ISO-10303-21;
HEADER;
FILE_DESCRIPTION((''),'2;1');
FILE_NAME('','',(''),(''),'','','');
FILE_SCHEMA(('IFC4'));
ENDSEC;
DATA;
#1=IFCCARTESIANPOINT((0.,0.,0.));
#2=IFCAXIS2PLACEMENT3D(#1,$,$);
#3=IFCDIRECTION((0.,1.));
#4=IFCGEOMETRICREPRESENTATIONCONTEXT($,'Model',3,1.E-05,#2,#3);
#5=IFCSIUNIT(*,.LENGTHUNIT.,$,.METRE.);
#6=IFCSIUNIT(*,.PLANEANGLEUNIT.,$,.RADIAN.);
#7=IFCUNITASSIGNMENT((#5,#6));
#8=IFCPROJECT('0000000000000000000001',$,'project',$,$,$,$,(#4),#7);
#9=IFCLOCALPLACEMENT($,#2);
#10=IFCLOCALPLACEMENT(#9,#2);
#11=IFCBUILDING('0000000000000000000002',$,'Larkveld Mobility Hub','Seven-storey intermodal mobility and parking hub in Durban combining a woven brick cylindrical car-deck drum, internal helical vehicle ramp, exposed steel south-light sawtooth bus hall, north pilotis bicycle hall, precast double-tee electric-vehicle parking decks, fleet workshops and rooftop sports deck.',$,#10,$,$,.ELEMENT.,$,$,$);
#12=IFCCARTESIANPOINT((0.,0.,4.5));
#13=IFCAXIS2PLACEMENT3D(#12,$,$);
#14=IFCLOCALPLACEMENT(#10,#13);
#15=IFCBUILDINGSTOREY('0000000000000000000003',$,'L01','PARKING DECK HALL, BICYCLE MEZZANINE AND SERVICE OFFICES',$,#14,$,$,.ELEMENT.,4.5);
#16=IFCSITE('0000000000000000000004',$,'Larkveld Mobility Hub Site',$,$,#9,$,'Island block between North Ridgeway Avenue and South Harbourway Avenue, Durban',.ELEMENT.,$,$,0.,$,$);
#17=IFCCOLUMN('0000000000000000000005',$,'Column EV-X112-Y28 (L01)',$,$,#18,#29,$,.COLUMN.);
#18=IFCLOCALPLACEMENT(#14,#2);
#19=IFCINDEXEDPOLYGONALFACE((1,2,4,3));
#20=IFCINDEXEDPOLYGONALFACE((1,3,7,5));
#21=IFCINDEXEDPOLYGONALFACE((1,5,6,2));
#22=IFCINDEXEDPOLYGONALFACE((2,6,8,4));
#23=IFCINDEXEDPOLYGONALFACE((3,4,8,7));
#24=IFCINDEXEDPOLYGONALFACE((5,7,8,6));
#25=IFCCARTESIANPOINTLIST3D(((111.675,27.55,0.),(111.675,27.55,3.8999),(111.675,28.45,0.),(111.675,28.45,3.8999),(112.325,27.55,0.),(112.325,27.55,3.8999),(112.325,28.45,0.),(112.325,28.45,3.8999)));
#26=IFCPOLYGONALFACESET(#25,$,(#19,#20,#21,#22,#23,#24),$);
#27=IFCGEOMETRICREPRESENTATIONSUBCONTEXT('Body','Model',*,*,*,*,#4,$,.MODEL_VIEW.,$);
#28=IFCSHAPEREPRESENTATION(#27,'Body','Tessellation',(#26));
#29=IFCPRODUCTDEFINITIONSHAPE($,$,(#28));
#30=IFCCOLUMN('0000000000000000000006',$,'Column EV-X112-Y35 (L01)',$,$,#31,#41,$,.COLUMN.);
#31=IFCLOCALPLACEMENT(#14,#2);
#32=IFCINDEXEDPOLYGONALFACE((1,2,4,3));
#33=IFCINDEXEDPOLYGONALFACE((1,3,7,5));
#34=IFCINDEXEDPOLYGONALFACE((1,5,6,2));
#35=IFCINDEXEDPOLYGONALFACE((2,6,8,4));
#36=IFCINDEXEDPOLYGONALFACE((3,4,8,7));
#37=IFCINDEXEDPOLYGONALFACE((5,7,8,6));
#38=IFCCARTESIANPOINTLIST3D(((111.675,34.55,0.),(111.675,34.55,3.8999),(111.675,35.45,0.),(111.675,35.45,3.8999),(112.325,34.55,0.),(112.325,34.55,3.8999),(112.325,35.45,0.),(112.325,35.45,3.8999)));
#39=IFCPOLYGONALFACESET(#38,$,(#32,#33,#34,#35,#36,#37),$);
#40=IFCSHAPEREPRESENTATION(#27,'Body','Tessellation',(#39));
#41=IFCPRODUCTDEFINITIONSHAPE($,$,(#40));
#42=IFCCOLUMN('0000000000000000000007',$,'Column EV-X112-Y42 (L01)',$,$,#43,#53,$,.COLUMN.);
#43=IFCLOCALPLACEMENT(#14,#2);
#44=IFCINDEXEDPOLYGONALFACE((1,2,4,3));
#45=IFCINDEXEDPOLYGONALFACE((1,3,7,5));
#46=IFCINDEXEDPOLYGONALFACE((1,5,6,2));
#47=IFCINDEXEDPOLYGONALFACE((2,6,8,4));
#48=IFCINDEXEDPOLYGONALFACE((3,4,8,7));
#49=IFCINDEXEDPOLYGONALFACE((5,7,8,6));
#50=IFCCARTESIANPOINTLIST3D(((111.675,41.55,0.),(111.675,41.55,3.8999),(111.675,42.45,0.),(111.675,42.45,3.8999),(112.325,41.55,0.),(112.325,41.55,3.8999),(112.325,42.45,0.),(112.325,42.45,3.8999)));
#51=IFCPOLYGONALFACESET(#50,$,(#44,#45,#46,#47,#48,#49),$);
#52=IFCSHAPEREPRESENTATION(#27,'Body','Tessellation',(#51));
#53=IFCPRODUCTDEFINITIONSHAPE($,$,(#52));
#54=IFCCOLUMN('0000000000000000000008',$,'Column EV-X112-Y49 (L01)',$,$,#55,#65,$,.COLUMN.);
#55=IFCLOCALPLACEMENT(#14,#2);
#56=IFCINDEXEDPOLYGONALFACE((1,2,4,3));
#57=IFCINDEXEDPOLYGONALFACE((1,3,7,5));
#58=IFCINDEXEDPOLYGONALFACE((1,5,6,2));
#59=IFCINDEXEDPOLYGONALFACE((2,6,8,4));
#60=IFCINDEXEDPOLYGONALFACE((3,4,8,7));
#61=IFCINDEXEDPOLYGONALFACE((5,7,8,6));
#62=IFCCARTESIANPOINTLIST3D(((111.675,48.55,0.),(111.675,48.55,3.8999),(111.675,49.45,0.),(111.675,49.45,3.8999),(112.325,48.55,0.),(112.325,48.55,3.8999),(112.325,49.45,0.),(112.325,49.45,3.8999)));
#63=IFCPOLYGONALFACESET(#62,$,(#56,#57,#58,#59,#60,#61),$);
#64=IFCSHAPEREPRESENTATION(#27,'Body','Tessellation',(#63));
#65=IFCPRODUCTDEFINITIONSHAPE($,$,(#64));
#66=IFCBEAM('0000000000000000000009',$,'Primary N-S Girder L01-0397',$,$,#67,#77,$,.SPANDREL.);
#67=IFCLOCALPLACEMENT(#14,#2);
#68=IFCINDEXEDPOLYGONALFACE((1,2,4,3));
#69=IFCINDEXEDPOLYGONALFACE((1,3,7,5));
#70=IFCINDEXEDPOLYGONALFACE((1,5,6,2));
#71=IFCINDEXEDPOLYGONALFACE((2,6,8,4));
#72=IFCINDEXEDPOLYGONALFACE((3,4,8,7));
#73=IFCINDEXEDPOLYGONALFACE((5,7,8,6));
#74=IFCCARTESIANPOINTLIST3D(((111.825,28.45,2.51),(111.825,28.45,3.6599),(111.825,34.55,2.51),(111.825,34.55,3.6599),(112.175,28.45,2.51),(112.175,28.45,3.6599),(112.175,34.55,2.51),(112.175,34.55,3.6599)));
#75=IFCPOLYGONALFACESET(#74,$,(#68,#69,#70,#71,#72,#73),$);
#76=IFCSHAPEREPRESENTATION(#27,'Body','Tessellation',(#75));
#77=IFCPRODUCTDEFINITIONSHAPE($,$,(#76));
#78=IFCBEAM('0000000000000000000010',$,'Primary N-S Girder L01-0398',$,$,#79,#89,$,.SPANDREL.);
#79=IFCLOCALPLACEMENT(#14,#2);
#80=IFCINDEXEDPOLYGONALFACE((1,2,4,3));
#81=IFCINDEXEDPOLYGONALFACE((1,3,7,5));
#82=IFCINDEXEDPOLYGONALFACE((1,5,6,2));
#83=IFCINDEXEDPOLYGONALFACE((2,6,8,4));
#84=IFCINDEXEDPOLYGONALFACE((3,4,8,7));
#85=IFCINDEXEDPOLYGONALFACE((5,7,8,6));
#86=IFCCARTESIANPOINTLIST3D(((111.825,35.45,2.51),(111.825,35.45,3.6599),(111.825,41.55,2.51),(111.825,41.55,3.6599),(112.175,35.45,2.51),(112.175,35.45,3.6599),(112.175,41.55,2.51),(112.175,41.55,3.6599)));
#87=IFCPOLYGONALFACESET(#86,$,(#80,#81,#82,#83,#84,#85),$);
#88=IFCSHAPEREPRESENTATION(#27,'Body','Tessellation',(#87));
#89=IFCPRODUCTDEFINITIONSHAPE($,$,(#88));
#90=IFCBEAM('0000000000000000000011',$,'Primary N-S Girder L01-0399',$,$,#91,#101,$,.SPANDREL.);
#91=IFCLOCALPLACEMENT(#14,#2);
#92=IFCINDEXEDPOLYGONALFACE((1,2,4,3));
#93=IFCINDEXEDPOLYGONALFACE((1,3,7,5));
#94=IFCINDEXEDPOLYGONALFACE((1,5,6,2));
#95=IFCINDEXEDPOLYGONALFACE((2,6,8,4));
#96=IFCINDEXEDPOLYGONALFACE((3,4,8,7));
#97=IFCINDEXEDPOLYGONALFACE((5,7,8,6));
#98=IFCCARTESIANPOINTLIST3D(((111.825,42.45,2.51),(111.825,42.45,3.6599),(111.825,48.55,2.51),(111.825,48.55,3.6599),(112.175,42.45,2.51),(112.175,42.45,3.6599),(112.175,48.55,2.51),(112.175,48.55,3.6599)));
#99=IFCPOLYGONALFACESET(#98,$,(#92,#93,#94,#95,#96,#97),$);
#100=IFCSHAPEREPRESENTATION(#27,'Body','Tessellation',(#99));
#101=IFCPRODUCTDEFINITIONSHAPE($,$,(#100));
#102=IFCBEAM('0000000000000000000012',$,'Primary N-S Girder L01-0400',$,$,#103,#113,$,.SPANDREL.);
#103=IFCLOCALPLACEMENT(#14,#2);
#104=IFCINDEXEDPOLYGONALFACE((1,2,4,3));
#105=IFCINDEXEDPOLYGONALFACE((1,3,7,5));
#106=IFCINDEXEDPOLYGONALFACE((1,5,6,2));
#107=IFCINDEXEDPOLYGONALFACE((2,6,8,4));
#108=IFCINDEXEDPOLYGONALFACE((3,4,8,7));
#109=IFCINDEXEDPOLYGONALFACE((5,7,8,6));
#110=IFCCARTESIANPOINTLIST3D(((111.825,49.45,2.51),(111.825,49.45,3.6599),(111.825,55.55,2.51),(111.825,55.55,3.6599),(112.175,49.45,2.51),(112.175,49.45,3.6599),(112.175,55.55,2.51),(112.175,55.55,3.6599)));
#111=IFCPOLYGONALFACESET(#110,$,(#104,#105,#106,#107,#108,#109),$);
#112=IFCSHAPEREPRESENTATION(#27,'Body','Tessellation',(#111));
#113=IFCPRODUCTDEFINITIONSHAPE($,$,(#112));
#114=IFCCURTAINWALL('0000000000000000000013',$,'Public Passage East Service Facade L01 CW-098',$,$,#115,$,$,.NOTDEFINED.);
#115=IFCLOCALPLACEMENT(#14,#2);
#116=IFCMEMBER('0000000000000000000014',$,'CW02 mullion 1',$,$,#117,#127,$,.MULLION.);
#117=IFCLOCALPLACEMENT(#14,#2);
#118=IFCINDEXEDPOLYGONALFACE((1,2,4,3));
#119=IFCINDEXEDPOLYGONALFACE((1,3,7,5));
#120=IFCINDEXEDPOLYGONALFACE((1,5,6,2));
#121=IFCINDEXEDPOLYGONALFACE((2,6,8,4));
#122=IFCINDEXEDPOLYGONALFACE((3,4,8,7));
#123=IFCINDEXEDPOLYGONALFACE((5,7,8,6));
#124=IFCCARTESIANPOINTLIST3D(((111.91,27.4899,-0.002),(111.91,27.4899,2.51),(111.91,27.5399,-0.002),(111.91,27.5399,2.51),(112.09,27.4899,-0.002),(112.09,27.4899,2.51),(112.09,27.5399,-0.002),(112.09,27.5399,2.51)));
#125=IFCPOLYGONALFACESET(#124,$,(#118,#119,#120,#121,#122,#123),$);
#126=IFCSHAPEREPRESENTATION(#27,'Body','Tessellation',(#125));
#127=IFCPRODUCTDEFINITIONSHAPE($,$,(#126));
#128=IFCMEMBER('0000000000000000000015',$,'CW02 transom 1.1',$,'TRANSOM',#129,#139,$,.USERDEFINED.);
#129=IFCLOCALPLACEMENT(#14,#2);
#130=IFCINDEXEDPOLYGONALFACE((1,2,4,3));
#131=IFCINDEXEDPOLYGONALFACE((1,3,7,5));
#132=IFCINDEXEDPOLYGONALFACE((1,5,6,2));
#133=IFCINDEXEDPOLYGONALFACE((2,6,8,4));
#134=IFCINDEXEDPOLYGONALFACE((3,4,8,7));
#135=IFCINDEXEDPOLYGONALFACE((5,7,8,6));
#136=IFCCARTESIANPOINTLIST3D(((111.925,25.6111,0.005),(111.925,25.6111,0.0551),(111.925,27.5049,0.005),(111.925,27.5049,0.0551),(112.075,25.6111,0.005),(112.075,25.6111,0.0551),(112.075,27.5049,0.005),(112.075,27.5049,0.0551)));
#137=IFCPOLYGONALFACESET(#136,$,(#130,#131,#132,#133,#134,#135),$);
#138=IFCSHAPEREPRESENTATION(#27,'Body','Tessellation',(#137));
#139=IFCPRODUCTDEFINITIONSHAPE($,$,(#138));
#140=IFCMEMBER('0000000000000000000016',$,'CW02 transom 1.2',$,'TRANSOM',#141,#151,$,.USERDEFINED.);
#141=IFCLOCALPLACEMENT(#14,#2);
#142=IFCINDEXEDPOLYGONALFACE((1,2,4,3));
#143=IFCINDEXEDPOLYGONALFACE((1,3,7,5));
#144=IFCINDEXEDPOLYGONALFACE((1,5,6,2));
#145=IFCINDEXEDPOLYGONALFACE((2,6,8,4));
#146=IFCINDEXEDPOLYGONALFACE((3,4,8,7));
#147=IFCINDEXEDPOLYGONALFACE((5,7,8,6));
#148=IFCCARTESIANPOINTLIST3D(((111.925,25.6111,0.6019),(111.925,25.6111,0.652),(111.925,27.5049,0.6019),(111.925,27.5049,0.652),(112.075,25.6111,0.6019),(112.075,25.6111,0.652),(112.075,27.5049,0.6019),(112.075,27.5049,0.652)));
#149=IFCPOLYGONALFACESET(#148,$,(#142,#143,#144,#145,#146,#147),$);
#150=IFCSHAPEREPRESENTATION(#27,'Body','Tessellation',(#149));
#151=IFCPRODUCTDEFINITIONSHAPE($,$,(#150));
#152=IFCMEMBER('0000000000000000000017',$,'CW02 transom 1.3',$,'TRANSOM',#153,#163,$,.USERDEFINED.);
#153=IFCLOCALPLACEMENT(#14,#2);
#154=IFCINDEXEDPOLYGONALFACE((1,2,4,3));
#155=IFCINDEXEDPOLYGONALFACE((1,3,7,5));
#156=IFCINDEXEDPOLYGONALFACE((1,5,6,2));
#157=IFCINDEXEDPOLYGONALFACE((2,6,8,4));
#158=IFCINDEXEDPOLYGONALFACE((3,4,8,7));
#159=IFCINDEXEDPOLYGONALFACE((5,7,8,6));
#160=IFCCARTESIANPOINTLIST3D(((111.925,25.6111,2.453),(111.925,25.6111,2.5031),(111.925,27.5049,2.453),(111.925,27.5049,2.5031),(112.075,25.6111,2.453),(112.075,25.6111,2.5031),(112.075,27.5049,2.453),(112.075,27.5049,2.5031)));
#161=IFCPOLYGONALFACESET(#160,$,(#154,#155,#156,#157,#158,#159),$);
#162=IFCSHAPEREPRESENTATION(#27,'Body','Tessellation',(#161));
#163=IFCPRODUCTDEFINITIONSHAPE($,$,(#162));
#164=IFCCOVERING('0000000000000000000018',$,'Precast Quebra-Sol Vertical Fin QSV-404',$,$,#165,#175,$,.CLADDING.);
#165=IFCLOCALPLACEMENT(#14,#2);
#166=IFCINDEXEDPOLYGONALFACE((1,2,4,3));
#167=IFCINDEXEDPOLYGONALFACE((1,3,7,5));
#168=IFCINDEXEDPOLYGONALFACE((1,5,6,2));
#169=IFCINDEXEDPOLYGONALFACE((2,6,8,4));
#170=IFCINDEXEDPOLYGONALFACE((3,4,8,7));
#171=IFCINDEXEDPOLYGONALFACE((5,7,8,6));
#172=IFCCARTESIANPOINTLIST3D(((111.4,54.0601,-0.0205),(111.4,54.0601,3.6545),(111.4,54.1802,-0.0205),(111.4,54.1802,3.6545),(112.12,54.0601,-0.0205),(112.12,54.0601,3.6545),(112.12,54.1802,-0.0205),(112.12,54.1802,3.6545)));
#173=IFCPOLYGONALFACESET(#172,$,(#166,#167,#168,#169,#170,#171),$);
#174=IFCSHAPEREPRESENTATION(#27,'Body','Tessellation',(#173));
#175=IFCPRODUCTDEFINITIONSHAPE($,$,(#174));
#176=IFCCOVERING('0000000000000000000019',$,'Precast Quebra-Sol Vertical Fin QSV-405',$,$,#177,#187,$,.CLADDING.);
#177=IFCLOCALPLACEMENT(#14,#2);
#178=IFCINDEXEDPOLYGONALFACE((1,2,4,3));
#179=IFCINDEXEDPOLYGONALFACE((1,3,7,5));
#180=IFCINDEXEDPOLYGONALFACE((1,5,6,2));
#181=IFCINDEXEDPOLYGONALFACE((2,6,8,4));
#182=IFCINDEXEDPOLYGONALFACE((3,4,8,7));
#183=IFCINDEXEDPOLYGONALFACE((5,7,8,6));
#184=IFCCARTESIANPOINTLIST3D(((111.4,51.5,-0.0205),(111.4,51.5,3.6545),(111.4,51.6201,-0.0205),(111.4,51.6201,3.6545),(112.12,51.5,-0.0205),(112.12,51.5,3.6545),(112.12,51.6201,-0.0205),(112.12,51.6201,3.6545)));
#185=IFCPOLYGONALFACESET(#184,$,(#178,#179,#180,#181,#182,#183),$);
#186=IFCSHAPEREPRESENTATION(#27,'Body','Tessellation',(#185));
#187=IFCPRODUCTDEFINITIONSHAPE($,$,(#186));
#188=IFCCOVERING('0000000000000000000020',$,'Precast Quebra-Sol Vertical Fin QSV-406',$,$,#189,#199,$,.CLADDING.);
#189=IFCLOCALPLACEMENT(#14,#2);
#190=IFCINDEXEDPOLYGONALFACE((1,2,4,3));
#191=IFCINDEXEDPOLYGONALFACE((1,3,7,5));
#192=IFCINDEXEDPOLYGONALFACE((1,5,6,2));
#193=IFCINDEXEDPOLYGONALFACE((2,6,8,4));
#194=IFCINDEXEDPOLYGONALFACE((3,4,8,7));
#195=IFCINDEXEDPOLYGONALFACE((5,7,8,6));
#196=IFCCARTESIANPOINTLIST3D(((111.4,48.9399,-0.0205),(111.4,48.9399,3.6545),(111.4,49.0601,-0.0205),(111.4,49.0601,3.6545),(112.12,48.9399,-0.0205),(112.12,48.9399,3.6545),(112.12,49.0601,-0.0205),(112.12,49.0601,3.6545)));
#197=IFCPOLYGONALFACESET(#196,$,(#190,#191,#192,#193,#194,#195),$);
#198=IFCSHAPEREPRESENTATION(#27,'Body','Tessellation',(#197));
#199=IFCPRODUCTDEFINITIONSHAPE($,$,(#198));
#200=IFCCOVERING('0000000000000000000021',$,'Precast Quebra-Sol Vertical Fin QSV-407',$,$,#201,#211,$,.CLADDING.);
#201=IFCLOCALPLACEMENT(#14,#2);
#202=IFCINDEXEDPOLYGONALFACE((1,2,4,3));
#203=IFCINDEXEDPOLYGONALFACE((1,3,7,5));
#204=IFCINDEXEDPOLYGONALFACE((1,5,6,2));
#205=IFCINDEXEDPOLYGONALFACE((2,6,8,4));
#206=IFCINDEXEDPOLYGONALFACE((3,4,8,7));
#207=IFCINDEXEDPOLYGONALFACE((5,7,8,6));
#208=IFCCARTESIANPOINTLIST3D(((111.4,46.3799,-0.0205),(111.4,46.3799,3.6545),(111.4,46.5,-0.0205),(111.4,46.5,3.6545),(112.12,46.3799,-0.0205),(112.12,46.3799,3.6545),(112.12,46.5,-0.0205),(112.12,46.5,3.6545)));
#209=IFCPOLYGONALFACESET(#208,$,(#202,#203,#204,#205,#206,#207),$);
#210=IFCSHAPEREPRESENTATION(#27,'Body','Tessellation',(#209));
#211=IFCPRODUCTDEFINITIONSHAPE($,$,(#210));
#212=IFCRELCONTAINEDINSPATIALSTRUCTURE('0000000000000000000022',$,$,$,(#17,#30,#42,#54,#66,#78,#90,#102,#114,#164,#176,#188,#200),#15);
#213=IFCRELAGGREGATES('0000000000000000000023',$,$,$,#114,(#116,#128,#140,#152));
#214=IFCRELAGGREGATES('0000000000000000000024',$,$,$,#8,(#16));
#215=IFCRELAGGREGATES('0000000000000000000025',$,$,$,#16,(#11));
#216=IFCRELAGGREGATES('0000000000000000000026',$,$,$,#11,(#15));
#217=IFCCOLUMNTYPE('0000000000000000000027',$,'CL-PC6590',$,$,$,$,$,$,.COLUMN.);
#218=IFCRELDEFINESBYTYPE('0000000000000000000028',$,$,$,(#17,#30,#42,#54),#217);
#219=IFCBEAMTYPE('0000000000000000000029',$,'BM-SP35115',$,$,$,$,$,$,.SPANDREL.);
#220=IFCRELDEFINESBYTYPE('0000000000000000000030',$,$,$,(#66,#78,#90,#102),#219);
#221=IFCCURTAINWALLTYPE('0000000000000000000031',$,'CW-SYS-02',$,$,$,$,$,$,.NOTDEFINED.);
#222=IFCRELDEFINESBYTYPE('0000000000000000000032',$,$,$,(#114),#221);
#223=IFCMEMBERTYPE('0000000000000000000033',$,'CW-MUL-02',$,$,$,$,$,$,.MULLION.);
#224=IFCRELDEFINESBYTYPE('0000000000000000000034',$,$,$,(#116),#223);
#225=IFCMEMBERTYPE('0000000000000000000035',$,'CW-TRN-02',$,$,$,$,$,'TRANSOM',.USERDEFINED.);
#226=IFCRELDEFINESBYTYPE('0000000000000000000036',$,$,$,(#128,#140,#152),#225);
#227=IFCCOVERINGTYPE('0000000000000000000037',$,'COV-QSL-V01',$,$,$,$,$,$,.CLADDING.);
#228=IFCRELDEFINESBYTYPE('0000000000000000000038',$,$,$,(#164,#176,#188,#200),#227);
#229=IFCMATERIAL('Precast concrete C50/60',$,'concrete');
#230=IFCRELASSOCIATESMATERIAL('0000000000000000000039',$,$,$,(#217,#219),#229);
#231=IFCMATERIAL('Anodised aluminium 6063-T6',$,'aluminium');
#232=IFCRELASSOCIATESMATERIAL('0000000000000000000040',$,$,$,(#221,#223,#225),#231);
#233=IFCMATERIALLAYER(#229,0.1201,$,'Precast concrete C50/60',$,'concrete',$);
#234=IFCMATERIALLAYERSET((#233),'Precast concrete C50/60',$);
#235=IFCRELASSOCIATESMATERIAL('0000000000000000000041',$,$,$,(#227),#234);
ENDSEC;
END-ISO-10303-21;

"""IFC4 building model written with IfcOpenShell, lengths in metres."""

from ifc_helpers import new_model, si_unit, direction, frame, origin, origin_2d, place, context, subcontext, project, spatial, rectangle, extrude, material, layer, layer_set, material_profile, profile_set, type_object, element, aggregate, save


model = new_model("IFC4")

# Units and contexts
model_context = context("Model", 3, precision=1e-05, world=origin(), true_north=direction((0.0, 1.0)))
body_context = subcontext(model_context, "Body", "Model", "MODEL_VIEW")
ifc_project = project(units=[si_unit("LENGTHUNIT", "METRE"), si_unit("PLANEANGLEUNIT", "RADIAN")], contexts=[model_context])

# Site, building, storey
site_placement = place(None, origin())
site = spatial("IfcSite", under=ifc_project, at=site_placement, Name="Larkveld Mobility Hub Site", LongName="Island block between North Ridgeway Avenue and South Harbourway Avenue, Durban", CompositionType="ELEMENT", RefElevation=0.0)
building_placement = place(site_placement, origin())
building = spatial("IfcBuilding", under=site, at=building_placement, Name="Larkveld Mobility Hub", Description="Seven-storey intermodal mobility and parking hub in Durban combining a woven brick cylindrical car-deck drum, internal helical vehicle ramp, exposed steel south-light sawtooth bus hall, north pilotis bicycle hall, precast double-tee electric-vehicle parking decks, fleet workshops and rooftop sports deck.", CompositionType="ELEMENT")
storey_placement = place(building_placement, frame((0.0, 0.0, 4.5)))
storey = spatial("IfcBuildingStorey", under=building, at=storey_placement, Name="L01", Description="PARKING DECK HALL, BICYCLE MEZZANINE AND SERVICE OFFICES", CompositionType="ELEMENT", Elevation=4.5)

# Columns
ifc_material_1 = material(Name="Precast concrete C50/60", Category="concrete")
ifc_material_profile_1 = material_profile(ifc_material_1, rectangle(XDim=0.6499, YDim=0.8999, at=origin_2d()), Name="RC COL 650x900")
ifc_profile_set_1 = profile_set([ifc_material_profile_1], Name="Precast concrete C50/60")
column_type = type_object("IfcColumnType", Name="CL-PC6590", PredefinedType="COLUMN", material=ifc_profile_set_1)
for number, where, z_axis, x_axis, name in (
    (1, (112.0, 28.0, 0.0), (0.0, 0.0, 1.0), (1.0, 0.0, 0.0), "Column EV-X112-Y28 (L01)"),
    (2, (112.0, 35.0, 0.0), (0.0, 0.0, 1.0), (1.0, 0.0, 0.0), "Column EV-X112-Y35 (L01)"),
    (3, (112.0, 42.0, 0.0), (0.0, 0.0, 1.0), (1.0, 0.0, 0.0), "Column EV-X112-Y42 (L01)"),
    (4, (112.0, 49.0, 0.0), (0.0, 0.0, 1.0), (1.0, 0.0, 0.0), "Column EV-X112-Y49 (L01)"),
):
    element("IfcColumn", number, at=place(storey_placement, frame(where, z_axis=z_axis, x_axis=x_axis)), inside=storey, type_object=column_type, Name=name, PredefinedType="COLUMN", context=body_context, shape_type="SweptSolid", body=[
        extrude(rectangle(XDim=0.6499, YDim=0.8999, at=origin_2d()), origin(), (0.0, 0.0, 1.0), 3.8999),
    ])

# Beams
ifc_material_profile_2 = material_profile(ifc_material_1, rectangle(XDim=0.3501, YDim=1.1499, at=origin_2d()), Name="PC SP 350x1150")
ifc_profile_set_2 = profile_set([ifc_material_profile_2], Name="Precast concrete C50/60")
beam_type = type_object("IfcBeamType", Name="BM-SP35115", PredefinedType="SPANDREL", material=ifc_profile_set_2)
for number, where, z_axis, x_axis, name in (
    (5, (112.0, 28.45, 3.085), (0.0, 1.0, 0.0), (-1.0, 0.0, 0.0), "Primary N-S Girder L01-0397"),
    (6, (112.0, 35.45, 3.085), (0.0, 1.0, 0.0), (-1.0, 0.0, 0.0), "Primary N-S Girder L01-0398"),
    (7, (112.0, 42.45, 3.085), (0.0, 1.0, 0.0), (-1.0, 0.0, 0.0), "Primary N-S Girder L01-0399"),
    (8, (112.0, 49.45, 3.085), (0.0, 1.0, 0.0), (-1.0, 0.0, 0.0), "Primary N-S Girder L01-0400"),
):
    element("IfcBeam", number, at=place(storey_placement, frame(where, z_axis=z_axis, x_axis=x_axis)), inside=storey, type_object=beam_type, Name=name, PredefinedType="SPANDREL", context=body_context, shape_type="SweptSolid", body=[
        extrude(rectangle(XDim=0.3501, YDim=1.1499, at=origin_2d()), origin(), (0.0, 0.0, 1.0), 6.1001),
    ])

# Curtain wall, members
ifc_material_2 = material(Name="Anodised aluminium 6063-T6", Category="aluminium")
curtain_wall_type = type_object("IfcCurtainWallType", Name="CW-SYS-02", PredefinedType="NOTDEFINED", material=ifc_material_2)
curtain_wall_placement = place(storey_placement, origin())
curtain_wall = element("IfcCurtainWall", 9, at=curtain_wall_placement, inside=storey, type_object=curtain_wall_type, Name="Public Passage East Service Facade L01 CW-098", PredefinedType="NOTDEFINED")
ifc_material_profile_3 = material_profile(ifc_material_2, rectangle(XDim=0.05, YDim=0.1799, at=origin_2d()), Name="ALU MULL 50x180")
ifc_profile_set_3 = profile_set([ifc_material_profile_3], Name="Anodised aluminium 6063-T6")
member_type_1 = type_object("IfcMemberType", Name="CW-MUL-02", PredefinedType="MULLION", material=ifc_profile_set_3)
member_1_placement = place(storey_placement, frame((112.0, 27.5149, -0.002), z_axis=(0.0, 0.0, 1.0), x_axis=(0.0, -1.0, 0.0)))
member_1 = element("IfcMember", 10, at=member_1_placement, type_object=member_type_1, Name="CW02 mullion 1", PredefinedType="MULLION", context=body_context, shape_type="SweptSolid", body=[
    extrude(rectangle(XDim=0.05, YDim=0.1799, at=origin_2d()), origin(), (0.0, 0.0, 1.0), 2.512),
])
ifc_material_profile_4 = material_profile(ifc_material_2, rectangle(XDim=0.1499, YDim=0.05, at=origin_2d()), Name="ALU TRAN 50x150")
ifc_profile_set_4 = profile_set([ifc_material_profile_4], Name="Anodised aluminium 6063-T6")
member_type_2 = type_object("IfcMemberType", Name="CW-TRN-02", ElementType="TRANSOM", PredefinedType="USERDEFINED", material=ifc_profile_set_4)
member_2_placement = place(storey_placement, frame((112.0, 27.5049, 0.03), z_axis=(0.0, -1.0, 0.0), x_axis=(1.0, 0.0, 0.0)))
member_2 = element("IfcMember", 11, at=member_2_placement, type_object=member_type_2, Name="CW02 transom 1.1", ObjectType="TRANSOM", PredefinedType="USERDEFINED", context=body_context, shape_type="SweptSolid", body=[
    extrude(rectangle(XDim=0.1499, YDim=0.05, at=origin_2d()), origin(), (0.0, 0.0, 1.0), 1.8938),
])
member_3_placement = place(storey_placement, frame((112.0, 27.5049, 0.627), z_axis=(0.0, -1.0, 0.0), x_axis=(1.0, 0.0, 0.0)))
member_3 = element("IfcMember", 12, at=member_3_placement, type_object=member_type_2, Name="CW02 transom 1.2", ObjectType="TRANSOM", PredefinedType="USERDEFINED", context=body_context, shape_type="SweptSolid", body=[
    extrude(rectangle(XDim=0.1499, YDim=0.05, at=origin_2d()), origin(), (0.0, 0.0, 1.0), 1.8938),
])
member_4_placement = place(storey_placement, frame((112.0, 27.5049, 2.478), z_axis=(0.0, -1.0, 0.0), x_axis=(1.0, 0.0, 0.0)))
member_4 = element("IfcMember", 13, at=member_4_placement, type_object=member_type_2, Name="CW02 transom 1.3", ObjectType="TRANSOM", PredefinedType="USERDEFINED", context=body_context, shape_type="SweptSolid", body=[
    extrude(rectangle(XDim=0.1499, YDim=0.05, at=origin_2d()), origin(), (0.0, 0.0, 1.0), 1.8938),
])
aggregate(curtain_wall, [member_1, member_2, member_3, member_4])

# Coverings
ifc_layer = layer(ifc_material_1, 0.1201, Name="Precast concrete C50/60", Category="concrete")
ifc_layer_set = layer_set([ifc_layer], Name="Precast concrete C50/60")
covering_type = type_object("IfcCoveringType", Name="COV-QSL-V01", PredefinedType="CLADDING", material=ifc_layer_set)
for number, where, z_axis, x_axis, name in (
    (14, (111.76, 54.1201, -0.0205), (0.0, 0.0, 1.0), (0.0, -1.0, 0.0), "Precast Quebra-Sol Vertical Fin QSV-404"),
    (15, (111.76, 51.5601, -0.0205), (0.0, 0.0, 1.0), (0.0, -1.0, 0.0), "Precast Quebra-Sol Vertical Fin QSV-405"),
    (16, (111.76, 49.0, -0.0205), (0.0, 0.0, 1.0), (0.0, -1.0, 0.0), "Precast Quebra-Sol Vertical Fin QSV-406"),
    (17, (111.76, 46.4399, -0.0205), (0.0, 0.0, 1.0), (0.0, -1.0, 0.0), "Precast Quebra-Sol Vertical Fin QSV-407"),
):
    element("IfcCovering", number, at=place(storey_placement, frame(where, z_axis=z_axis, x_axis=x_axis)), inside=storey, type_object=covering_type, Name=name, PredefinedType="CLADDING", context=body_context, shape_type="SweptSolid", body=[
        extrude(rectangle(XDim=0.1201, YDim=0.72, at=origin_2d()), origin(), (0.0, 0.0, 1.0), 3.675),
    ])

save(model, "model.ifc")
